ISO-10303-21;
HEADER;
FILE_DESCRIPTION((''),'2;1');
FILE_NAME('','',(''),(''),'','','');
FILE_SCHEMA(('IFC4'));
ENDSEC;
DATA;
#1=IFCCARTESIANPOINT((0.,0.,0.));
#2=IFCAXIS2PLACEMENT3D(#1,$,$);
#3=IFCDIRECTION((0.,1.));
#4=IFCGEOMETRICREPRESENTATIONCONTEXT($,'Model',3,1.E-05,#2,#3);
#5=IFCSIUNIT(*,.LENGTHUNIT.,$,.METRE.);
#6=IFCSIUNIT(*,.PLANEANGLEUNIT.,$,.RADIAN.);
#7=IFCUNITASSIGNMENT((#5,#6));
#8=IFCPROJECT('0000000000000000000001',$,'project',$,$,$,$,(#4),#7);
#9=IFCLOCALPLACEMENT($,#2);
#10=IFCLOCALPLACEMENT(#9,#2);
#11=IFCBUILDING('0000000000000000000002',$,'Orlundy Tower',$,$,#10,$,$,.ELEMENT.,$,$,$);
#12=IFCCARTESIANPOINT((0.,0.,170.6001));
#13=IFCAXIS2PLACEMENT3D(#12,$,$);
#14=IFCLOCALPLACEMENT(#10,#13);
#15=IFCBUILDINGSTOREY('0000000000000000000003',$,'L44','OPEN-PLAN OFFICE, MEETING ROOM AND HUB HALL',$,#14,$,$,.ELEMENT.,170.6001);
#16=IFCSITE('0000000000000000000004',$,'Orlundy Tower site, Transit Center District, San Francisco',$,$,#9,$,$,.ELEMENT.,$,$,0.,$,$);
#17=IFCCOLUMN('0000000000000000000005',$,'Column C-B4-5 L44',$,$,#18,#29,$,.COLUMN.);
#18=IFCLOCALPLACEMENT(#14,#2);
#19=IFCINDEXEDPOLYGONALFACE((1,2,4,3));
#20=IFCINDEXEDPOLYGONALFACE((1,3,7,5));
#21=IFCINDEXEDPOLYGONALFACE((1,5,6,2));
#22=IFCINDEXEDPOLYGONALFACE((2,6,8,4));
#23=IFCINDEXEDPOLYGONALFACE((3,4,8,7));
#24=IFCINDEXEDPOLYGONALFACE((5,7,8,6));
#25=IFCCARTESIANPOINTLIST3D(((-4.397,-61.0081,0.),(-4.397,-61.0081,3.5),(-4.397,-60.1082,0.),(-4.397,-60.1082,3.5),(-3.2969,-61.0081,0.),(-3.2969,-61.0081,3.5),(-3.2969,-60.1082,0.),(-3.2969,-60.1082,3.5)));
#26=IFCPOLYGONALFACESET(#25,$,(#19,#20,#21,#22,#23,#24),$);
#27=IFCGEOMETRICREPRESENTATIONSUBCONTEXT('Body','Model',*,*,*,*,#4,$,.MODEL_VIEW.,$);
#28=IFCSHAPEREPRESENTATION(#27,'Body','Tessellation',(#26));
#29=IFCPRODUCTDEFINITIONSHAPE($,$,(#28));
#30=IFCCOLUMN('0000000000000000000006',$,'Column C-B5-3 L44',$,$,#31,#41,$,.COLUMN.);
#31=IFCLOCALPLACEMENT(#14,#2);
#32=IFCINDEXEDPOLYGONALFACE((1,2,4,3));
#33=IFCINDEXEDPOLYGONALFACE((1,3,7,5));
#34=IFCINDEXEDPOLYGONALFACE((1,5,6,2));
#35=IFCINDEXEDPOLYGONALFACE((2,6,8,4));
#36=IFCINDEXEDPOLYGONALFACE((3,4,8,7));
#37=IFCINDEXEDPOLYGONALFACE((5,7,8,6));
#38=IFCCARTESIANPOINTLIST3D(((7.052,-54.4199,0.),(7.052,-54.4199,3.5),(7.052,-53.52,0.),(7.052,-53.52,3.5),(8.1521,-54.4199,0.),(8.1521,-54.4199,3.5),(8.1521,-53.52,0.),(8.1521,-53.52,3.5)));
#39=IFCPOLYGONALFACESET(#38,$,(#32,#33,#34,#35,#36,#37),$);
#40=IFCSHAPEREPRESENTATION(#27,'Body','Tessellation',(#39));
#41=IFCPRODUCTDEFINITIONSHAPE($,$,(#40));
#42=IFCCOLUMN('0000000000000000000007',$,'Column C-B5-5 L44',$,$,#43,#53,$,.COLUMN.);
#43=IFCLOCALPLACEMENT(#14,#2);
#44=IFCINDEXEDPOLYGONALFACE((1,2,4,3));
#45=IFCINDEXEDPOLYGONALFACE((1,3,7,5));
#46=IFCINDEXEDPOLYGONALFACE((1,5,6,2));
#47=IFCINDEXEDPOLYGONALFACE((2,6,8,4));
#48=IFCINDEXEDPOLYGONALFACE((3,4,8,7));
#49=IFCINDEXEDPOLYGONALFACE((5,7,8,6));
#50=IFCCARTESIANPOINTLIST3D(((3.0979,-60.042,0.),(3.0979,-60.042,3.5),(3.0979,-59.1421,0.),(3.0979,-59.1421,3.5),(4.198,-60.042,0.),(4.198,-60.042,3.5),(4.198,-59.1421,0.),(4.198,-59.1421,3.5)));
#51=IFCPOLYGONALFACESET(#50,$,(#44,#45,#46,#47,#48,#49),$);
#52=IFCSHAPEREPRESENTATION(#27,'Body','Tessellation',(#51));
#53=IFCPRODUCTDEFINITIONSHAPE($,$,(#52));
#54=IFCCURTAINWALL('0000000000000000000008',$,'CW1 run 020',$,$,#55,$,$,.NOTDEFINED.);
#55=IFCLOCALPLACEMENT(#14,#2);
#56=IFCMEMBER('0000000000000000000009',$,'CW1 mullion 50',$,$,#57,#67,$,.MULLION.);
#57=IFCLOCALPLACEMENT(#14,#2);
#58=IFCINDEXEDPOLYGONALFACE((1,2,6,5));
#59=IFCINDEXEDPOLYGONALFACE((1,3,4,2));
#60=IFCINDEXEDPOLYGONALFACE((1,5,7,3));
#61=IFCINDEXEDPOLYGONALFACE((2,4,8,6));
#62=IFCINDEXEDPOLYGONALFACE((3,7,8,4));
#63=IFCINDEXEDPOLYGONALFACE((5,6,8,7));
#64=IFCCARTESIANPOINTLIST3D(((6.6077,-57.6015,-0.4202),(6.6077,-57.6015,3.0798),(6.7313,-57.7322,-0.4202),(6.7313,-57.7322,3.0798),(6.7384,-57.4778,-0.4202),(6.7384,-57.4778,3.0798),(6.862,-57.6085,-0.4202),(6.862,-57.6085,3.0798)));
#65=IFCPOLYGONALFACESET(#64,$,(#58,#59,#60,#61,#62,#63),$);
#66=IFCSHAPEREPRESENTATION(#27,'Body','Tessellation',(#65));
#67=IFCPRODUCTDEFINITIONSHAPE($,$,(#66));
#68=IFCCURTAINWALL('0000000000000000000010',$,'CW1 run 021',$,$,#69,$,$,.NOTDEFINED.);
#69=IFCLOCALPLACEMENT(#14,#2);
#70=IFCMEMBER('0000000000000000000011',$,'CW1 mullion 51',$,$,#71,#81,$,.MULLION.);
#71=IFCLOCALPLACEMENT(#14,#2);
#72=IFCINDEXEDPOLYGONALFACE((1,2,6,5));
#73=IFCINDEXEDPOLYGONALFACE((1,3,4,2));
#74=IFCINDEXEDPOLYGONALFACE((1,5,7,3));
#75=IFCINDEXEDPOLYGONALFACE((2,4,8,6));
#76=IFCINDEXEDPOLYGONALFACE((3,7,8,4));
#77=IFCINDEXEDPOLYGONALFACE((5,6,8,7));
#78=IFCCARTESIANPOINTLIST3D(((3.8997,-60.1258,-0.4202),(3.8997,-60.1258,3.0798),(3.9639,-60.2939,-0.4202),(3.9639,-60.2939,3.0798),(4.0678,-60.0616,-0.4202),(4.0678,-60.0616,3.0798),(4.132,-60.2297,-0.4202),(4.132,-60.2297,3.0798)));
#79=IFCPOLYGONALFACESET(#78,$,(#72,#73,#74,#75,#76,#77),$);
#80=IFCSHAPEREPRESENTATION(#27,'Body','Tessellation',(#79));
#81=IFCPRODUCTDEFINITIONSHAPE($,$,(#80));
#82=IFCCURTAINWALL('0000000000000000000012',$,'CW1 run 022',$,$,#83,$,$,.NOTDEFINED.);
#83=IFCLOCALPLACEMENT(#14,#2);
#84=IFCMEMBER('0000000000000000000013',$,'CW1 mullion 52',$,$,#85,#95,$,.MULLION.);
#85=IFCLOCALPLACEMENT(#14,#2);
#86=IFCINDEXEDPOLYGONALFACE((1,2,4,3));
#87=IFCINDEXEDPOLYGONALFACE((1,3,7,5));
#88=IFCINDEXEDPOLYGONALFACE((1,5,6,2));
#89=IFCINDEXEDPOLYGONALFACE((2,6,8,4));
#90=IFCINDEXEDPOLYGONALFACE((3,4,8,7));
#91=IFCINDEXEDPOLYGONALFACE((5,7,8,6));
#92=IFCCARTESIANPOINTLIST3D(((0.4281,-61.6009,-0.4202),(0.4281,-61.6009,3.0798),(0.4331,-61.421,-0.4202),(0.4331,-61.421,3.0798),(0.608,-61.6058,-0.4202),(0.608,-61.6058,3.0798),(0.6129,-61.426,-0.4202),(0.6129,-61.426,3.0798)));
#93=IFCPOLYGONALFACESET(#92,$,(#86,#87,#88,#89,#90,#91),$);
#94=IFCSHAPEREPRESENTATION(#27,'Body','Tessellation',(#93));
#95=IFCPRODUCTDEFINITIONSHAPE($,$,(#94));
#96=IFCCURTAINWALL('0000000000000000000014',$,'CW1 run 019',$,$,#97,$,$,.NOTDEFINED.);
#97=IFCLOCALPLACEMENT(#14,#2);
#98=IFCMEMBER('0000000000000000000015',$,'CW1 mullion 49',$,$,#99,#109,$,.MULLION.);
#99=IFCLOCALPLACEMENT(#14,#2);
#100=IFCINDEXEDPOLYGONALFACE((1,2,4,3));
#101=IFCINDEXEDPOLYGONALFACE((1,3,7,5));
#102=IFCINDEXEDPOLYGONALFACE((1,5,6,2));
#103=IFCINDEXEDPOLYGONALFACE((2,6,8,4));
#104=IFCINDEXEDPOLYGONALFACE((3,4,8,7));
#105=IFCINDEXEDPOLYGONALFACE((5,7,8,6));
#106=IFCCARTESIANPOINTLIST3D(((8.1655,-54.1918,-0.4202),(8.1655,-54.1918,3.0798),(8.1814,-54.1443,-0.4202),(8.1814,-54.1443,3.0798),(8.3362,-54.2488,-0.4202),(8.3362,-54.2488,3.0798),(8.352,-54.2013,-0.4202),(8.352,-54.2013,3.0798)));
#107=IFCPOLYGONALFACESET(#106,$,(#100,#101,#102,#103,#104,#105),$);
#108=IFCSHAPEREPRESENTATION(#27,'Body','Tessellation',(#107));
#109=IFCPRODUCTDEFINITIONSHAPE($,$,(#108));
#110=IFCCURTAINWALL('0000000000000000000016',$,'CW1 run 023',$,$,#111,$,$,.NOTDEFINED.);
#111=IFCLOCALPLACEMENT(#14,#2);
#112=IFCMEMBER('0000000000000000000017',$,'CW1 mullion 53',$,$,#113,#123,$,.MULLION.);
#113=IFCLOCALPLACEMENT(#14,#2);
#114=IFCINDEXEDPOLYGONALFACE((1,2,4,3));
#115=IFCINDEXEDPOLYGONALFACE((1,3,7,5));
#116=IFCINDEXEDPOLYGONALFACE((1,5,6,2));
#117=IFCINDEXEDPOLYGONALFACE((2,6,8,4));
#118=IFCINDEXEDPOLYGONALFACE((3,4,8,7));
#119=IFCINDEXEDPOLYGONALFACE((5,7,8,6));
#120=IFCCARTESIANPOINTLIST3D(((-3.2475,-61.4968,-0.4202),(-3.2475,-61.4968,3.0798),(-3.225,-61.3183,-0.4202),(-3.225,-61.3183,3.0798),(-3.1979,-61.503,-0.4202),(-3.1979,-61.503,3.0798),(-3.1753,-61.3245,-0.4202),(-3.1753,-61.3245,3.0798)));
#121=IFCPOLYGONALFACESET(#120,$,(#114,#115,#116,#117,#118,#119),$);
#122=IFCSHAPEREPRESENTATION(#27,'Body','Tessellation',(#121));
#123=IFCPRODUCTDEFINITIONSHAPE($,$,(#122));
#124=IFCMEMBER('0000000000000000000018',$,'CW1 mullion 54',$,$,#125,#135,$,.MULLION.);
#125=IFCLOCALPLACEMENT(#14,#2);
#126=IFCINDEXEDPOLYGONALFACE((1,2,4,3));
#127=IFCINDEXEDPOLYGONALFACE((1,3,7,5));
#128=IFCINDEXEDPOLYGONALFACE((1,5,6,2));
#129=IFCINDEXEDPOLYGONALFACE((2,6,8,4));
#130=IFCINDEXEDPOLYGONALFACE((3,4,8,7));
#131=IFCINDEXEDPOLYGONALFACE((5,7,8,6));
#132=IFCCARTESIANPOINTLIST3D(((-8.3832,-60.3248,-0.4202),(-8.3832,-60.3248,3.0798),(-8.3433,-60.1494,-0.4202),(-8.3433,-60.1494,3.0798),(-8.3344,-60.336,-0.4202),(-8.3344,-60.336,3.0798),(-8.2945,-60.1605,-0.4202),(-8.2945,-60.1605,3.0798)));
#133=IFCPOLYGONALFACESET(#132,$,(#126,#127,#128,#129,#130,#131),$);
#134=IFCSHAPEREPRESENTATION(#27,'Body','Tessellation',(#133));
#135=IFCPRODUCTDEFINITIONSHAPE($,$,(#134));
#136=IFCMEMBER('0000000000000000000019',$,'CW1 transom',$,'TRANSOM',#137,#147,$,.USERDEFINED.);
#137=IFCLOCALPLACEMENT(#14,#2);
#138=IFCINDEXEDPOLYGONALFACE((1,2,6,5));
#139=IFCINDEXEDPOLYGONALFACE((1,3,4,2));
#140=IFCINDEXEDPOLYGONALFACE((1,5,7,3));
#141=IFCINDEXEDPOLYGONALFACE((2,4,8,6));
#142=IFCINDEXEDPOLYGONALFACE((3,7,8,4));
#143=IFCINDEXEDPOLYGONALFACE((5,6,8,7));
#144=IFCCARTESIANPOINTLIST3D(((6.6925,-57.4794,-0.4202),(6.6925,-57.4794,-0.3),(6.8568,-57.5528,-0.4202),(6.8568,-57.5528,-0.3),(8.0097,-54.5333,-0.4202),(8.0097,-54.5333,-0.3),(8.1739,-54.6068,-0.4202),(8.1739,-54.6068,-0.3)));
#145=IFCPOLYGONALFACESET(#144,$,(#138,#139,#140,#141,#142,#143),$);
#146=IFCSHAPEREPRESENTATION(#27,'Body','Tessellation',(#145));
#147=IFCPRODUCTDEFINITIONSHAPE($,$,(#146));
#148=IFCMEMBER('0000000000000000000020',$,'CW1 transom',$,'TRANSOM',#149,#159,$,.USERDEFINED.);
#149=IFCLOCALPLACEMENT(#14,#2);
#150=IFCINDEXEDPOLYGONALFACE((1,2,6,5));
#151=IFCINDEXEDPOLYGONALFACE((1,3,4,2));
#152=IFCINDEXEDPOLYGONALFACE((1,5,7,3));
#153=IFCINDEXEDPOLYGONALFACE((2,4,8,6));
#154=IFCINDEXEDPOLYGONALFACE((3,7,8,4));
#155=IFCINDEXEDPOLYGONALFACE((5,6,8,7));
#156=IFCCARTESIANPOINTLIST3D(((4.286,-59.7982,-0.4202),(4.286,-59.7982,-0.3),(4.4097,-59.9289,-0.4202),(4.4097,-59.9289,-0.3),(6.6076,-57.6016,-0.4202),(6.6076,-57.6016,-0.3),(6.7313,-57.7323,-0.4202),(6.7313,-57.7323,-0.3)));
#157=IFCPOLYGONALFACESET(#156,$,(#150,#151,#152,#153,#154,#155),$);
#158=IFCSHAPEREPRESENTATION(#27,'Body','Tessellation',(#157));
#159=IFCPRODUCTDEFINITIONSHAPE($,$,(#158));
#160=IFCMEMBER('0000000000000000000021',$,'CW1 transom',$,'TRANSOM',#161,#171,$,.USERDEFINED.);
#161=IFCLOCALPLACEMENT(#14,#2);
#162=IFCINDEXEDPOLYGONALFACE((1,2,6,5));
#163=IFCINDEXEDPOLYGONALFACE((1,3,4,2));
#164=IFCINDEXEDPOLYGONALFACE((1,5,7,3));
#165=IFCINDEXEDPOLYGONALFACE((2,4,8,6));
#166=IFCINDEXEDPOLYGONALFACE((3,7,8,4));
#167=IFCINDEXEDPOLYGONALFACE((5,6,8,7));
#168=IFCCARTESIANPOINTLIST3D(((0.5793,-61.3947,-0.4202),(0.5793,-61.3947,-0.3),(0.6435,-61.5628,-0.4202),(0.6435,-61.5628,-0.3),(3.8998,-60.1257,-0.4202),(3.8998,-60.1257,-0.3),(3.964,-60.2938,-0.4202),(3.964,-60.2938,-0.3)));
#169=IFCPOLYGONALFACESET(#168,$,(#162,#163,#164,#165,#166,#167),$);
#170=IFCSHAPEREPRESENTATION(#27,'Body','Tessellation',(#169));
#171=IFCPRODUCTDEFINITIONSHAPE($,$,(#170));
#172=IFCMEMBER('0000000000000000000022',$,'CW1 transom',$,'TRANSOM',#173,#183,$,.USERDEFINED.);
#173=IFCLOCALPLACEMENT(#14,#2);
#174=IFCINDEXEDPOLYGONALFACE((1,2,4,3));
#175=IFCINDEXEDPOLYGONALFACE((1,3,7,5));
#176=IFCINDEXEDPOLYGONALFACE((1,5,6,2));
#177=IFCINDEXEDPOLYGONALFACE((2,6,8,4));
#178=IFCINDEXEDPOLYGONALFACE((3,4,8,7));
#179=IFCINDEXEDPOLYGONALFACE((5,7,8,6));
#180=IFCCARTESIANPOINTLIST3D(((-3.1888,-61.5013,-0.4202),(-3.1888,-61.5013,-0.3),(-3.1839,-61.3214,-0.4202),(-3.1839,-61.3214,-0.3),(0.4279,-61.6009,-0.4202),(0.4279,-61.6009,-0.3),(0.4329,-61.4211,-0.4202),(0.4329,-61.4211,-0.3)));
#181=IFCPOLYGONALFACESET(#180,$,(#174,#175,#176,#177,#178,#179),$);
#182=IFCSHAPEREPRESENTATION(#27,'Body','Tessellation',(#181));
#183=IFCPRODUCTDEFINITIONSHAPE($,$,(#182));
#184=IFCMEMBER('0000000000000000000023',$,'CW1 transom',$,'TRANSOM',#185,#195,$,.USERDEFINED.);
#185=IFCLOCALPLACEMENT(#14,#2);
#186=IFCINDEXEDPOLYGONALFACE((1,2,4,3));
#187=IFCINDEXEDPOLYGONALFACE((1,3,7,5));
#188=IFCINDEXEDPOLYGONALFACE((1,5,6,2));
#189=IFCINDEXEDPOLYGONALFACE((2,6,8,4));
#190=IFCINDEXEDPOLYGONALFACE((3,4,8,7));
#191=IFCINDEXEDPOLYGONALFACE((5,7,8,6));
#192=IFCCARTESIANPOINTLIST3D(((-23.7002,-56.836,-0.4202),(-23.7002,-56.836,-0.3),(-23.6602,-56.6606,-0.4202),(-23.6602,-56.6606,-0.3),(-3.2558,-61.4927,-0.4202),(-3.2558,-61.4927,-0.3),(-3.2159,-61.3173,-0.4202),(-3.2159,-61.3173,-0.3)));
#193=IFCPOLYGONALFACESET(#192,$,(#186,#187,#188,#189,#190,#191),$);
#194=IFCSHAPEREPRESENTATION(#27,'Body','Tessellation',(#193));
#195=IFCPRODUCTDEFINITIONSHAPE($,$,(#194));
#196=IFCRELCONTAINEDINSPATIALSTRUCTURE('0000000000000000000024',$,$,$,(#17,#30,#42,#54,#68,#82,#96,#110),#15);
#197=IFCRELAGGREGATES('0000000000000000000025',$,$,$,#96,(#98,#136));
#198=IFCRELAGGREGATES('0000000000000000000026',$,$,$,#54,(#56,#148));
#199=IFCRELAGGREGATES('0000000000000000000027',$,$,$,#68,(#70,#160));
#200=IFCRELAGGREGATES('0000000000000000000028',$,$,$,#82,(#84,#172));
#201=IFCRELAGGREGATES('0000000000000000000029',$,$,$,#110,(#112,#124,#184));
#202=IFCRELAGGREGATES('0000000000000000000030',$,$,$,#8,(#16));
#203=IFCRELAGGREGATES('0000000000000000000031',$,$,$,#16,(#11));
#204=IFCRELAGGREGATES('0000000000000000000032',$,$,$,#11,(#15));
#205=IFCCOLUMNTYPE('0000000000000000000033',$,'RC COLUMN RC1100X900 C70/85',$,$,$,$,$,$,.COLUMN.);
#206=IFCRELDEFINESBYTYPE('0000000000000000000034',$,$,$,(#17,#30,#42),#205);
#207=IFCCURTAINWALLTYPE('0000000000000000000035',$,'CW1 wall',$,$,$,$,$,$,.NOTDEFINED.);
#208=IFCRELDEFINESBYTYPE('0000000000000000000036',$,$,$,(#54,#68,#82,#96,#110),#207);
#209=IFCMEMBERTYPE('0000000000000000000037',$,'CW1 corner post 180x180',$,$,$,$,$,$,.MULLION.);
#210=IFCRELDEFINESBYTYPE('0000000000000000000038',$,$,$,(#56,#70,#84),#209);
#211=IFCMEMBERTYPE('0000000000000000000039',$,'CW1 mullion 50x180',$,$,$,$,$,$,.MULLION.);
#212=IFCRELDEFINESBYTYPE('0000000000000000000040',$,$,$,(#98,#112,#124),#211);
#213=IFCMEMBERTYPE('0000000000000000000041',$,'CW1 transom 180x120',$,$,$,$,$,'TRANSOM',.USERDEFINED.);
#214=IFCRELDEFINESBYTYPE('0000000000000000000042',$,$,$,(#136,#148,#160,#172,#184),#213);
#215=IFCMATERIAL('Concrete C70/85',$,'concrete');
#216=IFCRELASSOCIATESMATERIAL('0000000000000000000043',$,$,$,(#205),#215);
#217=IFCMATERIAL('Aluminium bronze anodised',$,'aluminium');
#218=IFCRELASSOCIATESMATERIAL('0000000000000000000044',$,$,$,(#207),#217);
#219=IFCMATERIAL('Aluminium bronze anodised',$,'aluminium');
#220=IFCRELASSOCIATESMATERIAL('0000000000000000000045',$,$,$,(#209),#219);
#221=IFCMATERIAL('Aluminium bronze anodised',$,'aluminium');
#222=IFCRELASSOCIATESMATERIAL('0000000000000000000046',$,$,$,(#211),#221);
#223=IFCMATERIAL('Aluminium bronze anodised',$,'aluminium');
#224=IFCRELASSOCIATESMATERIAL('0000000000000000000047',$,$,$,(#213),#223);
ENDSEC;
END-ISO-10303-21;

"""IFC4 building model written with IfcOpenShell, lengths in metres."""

from ifc_helpers import new_model, si_unit, direction, frame, origin, origin_2d, place, context, subcontext, project, spatial, rectangle, extrude, material, material_profile, profile_set, type_object, element, aggregate, save


model = new_model("IFC4")

# Units and contexts
model_context = context("Model", 3, precision=1e-05, world=origin(), true_north=direction((0.0, 1.0)))
body_context = subcontext(model_context, "Body", "Model", "MODEL_VIEW")
ifc_project = project(units=[si_unit("LENGTHUNIT", "METRE"), si_unit("PLANEANGLEUNIT", "RADIAN")], contexts=[model_context])

# Site, building, storey
site_placement = place(None, origin())
site = spatial("IfcSite", under=ifc_project, at=site_placement, Name="Orlundy Tower site, Transit Center District, San Francisco", CompositionType="ELEMENT", RefElevation=0.0)
building_placement = place(site_placement, origin())
building = spatial("IfcBuilding", under=site, at=building_placement, Name="Orlundy Tower", CompositionType="ELEMENT")
storey_placement = place(building_placement, frame((0.0, 0.0, 170.6001)))
storey = spatial("IfcBuildingStorey", under=building, at=storey_placement, Name="L44", Description="OPEN-PLAN OFFICE, MEETING ROOM AND HUB HALL", CompositionType="ELEMENT", Elevation=170.6001)

# Columns
ifc_material_1 = material(Name="Concrete C70/85", Category="concrete")
ifc_material_profile_1 = material_profile(ifc_material_1, rectangle(XDim=1.1001, YDim=0.8999, at=origin_2d()), Name="RC1100X900")
ifc_profile_set_1 = profile_set([ifc_material_profile_1], Name="Concrete C70/85")
column_type = type_object("IfcColumnType", Name="RC COLUMN RC1100X900 C70/85", PredefinedType="COLUMN", material=ifc_profile_set_1)
for number, where, z_axis, x_axis, name in (
    (1, (-3.8469, -60.5581, 0.0), (0.0, 0.0, 1.0), (1.0, 0.0, 0.0), "Column C-B4-5 L44"),
    (2, (7.6021, -53.97, 0.0), (0.0, 0.0, 1.0), (1.0, 0.0, 0.0), "Column C-B5-3 L44"),
    (3, (3.6479, -59.592, 0.0), (0.0, 0.0, 1.0), (1.0, 0.0, 0.0), "Column C-B5-5 L44"),
):
    element("IfcColumn", number, at=place(storey_placement, frame(where, z_axis=z_axis, x_axis=x_axis)), inside=storey, type_object=column_type, Name=name, PredefinedType="COLUMN", context=body_context, shape_type="SweptSolid", body=[
        extrude(rectangle(XDim=1.1001, YDim=0.8999, at=origin_2d()), origin(), (0.0, 0.0, 1.0), 3.5),
    ])

# Curtain walls, members
ifc_material_2 = material(Name="Aluminium bronze anodised", Category="aluminium")
curtain_wall_type = type_object("IfcCurtainWallType", Name="CW1 wall", PredefinedType="NOTDEFINED", material=ifc_material_2)
curtain_wall_1_placement = place(storey_placement, origin())
curtain_wall_1 = element("IfcCurtainWall", 4, at=curtain_wall_1_placement, inside=storey, type_object=curtain_wall_type, Name="CW1 run 020", PredefinedType="NOTDEFINED")
ifc_material_3 = material(Name="Aluminium bronze anodised", Category="aluminium")
ifc_material_profile_2 = material_profile(ifc_material_3, rectangle(XDim=0.1799, YDim=0.1799, at=origin_2d()), Name="CW1 corner post 180x180")
ifc_profile_set_2 = profile_set([ifc_material_profile_2], Name="Aluminium bronze anodised")
member_type_1 = type_object("IfcMemberType", Name="CW1 corner post 180x180", PredefinedType="MULLION", material=ifc_profile_set_2)
member_1_placement = place(storey_placement, frame((6.7349, -57.605, -0.4202), z_axis=(0.0, 0.0, 1.0), x_axis=(0.687281, -0.726392, 0.0)))
member_1 = element("IfcMember", 5, at=member_1_placement, type_object=member_type_1, Name="CW1 mullion 50", PredefinedType="MULLION", context=body_context, shape_type="SweptSolid", body=[
    extrude(rectangle(XDim=0.1799, YDim=0.1799, at=origin_2d()), origin(), (0.0, 0.0, 1.0), 3.5),
])
curtain_wall_2_placement = place(storey_placement, origin())
curtain_wall_2 = element("IfcCurtainWall", 6, at=curtain_wall_2_placement, inside=storey, type_object=curtain_wall_type, Name="CW1 run 021", PredefinedType="NOTDEFINED")
member_2_placement = place(storey_placement, frame((4.0159, -60.1777, -0.4202), z_axis=(0.0, 0.0, 1.0), x_axis=(0.356971, -0.934115, 0.0)))
member_2 = element("IfcMember", 7, at=member_2_placement, type_object=member_type_1, Name="CW1 mullion 51", PredefinedType="MULLION", context=body_context, shape_type="SweptSolid", body=[
    extrude(rectangle(XDim=0.1799, YDim=0.1799, at=origin_2d()), origin(), (0.0, 0.0, 1.0), 3.5),
])
curtain_wall_3_placement = place(storey_placement, origin())
curtain_wall_3 = element("IfcCurtainWall", 8, at=curtain_wall_3_placement, inside=storey, type_object=curtain_wall_type, Name="CW1 run 022", PredefinedType="NOTDEFINED")
member_3_placement = place(storey_placement, frame((0.5205, -61.5134, -0.4202), z_axis=(0.0, 0.0, 1.0), x_axis=(-0.02752, -0.999621, 0.0)))
member_3 = element("IfcMember", 9, at=member_3_placement, type_object=member_type_1, Name="CW1 mullion 52", PredefinedType="MULLION", context=body_context, shape_type="SweptSolid", body=[
    extrude(rectangle(XDim=0.1799, YDim=0.1799, at=origin_2d()), origin(), (0.0, 0.0, 1.0), 3.5),
])
curtain_wall_4_placement = place(storey_placement, origin())
curtain_wall_4 = element("IfcCurtainWall", 10, at=curtain_wall_4_placement, inside=storey, type_object=curtain_wall_type, Name="CW1 run 019", PredefinedType="NOTDEFINED")
ifc_material_4 = material(Name="Aluminium bronze anodised", Category="aluminium")
ifc_material_profile_3 = material_profile(ifc_material_4, rectangle(XDim=0.1799, YDim=0.05, at=origin_2d()), Name="CW1 mullion 50x180")
ifc_profile_set_3 = profile_set([ifc_material_profile_3], Name="Aluminium bronze anodised")
member_type_2 = type_object("IfcMemberType", Name="CW1 mullion 50x180", PredefinedType="MULLION", material=ifc_profile_set_3)
member_4_placement = place(storey_placement, frame((8.2588, -54.1965, -0.4202), z_axis=(0.0, 0.0, 1.0), x_axis=(0.948538, -0.316662, 0.0)))
member_4 = element("IfcMember", 11, at=member_4_placement, type_object=member_type_2, Name="CW1 mullion 49", PredefinedType="MULLION", context=body_context, shape_type="SweptSolid", body=[
    extrude(rectangle(XDim=0.1799, YDim=0.05, at=origin_2d()), origin(), (0.0, 0.0, 1.0), 3.5),
])

# Curtain wall, members
curtain_wall_5_placement = place(storey_placement, origin())
curtain_wall_5 = element("IfcCurtainWall", 12, at=curtain_wall_5_placement, inside=storey, type_object=curtain_wall_type, Name="CW1 run 023", PredefinedType="NOTDEFINED")
member_5_placement = place(storey_placement, frame((-3.2114, -61.4106, -0.4202), z_axis=(0.0, 0.0, 1.0), x_axis=(-0.12541, -0.992105, 0.0)))
member_5 = element("IfcMember", 13, at=member_5_placement, type_object=member_type_2, Name="CW1 mullion 53", PredefinedType="MULLION", context=body_context, shape_type="SweptSolid", body=[
    extrude(rectangle(XDim=0.1799, YDim=0.05, at=origin_2d()), origin(), (0.0, 0.0, 1.0), 3.5),
])
member_6_placement = place(storey_placement, frame((-8.3389, -60.2427, -0.4202), z_axis=(0.0, 0.0, 1.0), x_axis=(-0.22209, -0.975026, 0.0)))
member_6 = element("IfcMember", 14, at=member_6_placement, type_object=member_type_2, Name="CW1 mullion 54", PredefinedType="MULLION", context=body_context, shape_type="SweptSolid", body=[
    extrude(rectangle(XDim=0.1799, YDim=0.05, at=origin_2d()), origin(), (0.0, 0.0, 1.0), 3.5),
])

# Members
ifc_material_5 = material(Name="Aluminium bronze anodised", Category="aluminium")
ifc_material_profile_4 = material_profile(ifc_material_5, rectangle(XDim=0.1799, YDim=0.1201, at=origin_2d()), Name="CW1 transom 180x120")
ifc_profile_set_4 = profile_set([ifc_material_profile_4], Name="Aluminium bronze anodised")
member_type_3 = type_object("IfcMemberType", Name="CW1 transom 180x120", ElementType="TRANSOM", PredefinedType="USERDEFINED", material=ifc_profile_set_4)
member_7_placement = place(storey_placement, frame((8.0918, -54.5701, -0.3601), z_axis=(-0.408152, -0.912914, 0.0), x_axis=(0.912914, -0.408152, 0.0)))
member_7 = element("IfcMember", 15, at=member_7_placement, type_object=member_type_3, Name="CW1 transom", ObjectType="TRANSOM", PredefinedType="USERDEFINED", context=body_context, shape_type="SweptSolid", body=[
    extrude(rectangle(XDim=0.1799, YDim=0.1201, at=origin_2d()), origin(), (0.0, 0.0, 1.0), 3.2271),
])
member_8_placement = place(storey_placement, frame((6.6694, -57.667, -0.3601), z_axis=(-0.726392, -0.68728, 0.0), x_axis=(0.68728, -0.726392, 0.0)))
member_8 = element("IfcMember", 16, at=member_8_placement, type_object=member_type_3, Name="CW1 transom", ObjectType="TRANSOM", PredefinedType="USERDEFINED", context=body_context, shape_type="SweptSolid", body=[
    extrude(rectangle(XDim=0.1799, YDim=0.1201, at=origin_2d()), origin(), (0.0, 0.0, 1.0), 3.196),
])
member_9_placement = place(storey_placement, frame((3.9319, -60.2097, -0.3601), z_axis=(-0.934106, -0.356995, 0.0), x_axis=(0.356995, -0.934106, 0.0)))
member_9 = element("IfcMember", 17, at=member_9_placement, type_object=member_type_3, Name="CW1 transom", ObjectType="TRANSOM", PredefinedType="USERDEFINED", context=body_context, shape_type="SweptSolid", body=[
    extrude(rectangle(XDim=0.1799, YDim=0.1201, at=origin_2d()), origin(), (0.0, 0.0, 1.0), 3.5547),
])
member_10_placement = place(storey_placement, frame((0.4304, -61.511, -0.3601), z_axis=(-0.999621, 0.027531, 0.0), x_axis=(-0.027531, -0.999621, 0.0)))
member_10 = element("IfcMember", 18, at=member_10_placement, type_object=member_type_3, Name="CW1 transom", ObjectType="TRANSOM", PredefinedType="USERDEFINED", context=body_context, shape_type="SweptSolid", body=[
    extrude(rectangle(XDim=0.1799, YDim=0.1201, at=origin_2d()), origin(), (0.0, 0.0, 1.0), 3.6182),
])
member_11_placement = place(storey_placement, frame((-3.2358, -61.405, -0.3601), z_axis=(-0.975027, 0.222088, 0.0), x_axis=(-0.222088, -0.975027, 0.0)))
member_11 = element("IfcMember", 19, at=member_11_placement, type_object=member_type_3, Name="CW1 transom", ObjectType="TRANSOM", PredefinedType="USERDEFINED", context=body_context, shape_type="SweptSolid", body=[
    extrude(rectangle(XDim=0.1799, YDim=0.1201, at=origin_2d()), origin(), (0.0, 0.0, 1.0), 20.968),
])

aggregate(curtain_wall_4, [member_4, member_7])
aggregate(curtain_wall_1, [member_1, member_8])
aggregate(curtain_wall_2, [member_2, member_9])
aggregate(curtain_wall_3, [member_3, member_10])
aggregate(curtain_wall_5, [member_5, member_6, member_11])

save(model, "model.ifc")
